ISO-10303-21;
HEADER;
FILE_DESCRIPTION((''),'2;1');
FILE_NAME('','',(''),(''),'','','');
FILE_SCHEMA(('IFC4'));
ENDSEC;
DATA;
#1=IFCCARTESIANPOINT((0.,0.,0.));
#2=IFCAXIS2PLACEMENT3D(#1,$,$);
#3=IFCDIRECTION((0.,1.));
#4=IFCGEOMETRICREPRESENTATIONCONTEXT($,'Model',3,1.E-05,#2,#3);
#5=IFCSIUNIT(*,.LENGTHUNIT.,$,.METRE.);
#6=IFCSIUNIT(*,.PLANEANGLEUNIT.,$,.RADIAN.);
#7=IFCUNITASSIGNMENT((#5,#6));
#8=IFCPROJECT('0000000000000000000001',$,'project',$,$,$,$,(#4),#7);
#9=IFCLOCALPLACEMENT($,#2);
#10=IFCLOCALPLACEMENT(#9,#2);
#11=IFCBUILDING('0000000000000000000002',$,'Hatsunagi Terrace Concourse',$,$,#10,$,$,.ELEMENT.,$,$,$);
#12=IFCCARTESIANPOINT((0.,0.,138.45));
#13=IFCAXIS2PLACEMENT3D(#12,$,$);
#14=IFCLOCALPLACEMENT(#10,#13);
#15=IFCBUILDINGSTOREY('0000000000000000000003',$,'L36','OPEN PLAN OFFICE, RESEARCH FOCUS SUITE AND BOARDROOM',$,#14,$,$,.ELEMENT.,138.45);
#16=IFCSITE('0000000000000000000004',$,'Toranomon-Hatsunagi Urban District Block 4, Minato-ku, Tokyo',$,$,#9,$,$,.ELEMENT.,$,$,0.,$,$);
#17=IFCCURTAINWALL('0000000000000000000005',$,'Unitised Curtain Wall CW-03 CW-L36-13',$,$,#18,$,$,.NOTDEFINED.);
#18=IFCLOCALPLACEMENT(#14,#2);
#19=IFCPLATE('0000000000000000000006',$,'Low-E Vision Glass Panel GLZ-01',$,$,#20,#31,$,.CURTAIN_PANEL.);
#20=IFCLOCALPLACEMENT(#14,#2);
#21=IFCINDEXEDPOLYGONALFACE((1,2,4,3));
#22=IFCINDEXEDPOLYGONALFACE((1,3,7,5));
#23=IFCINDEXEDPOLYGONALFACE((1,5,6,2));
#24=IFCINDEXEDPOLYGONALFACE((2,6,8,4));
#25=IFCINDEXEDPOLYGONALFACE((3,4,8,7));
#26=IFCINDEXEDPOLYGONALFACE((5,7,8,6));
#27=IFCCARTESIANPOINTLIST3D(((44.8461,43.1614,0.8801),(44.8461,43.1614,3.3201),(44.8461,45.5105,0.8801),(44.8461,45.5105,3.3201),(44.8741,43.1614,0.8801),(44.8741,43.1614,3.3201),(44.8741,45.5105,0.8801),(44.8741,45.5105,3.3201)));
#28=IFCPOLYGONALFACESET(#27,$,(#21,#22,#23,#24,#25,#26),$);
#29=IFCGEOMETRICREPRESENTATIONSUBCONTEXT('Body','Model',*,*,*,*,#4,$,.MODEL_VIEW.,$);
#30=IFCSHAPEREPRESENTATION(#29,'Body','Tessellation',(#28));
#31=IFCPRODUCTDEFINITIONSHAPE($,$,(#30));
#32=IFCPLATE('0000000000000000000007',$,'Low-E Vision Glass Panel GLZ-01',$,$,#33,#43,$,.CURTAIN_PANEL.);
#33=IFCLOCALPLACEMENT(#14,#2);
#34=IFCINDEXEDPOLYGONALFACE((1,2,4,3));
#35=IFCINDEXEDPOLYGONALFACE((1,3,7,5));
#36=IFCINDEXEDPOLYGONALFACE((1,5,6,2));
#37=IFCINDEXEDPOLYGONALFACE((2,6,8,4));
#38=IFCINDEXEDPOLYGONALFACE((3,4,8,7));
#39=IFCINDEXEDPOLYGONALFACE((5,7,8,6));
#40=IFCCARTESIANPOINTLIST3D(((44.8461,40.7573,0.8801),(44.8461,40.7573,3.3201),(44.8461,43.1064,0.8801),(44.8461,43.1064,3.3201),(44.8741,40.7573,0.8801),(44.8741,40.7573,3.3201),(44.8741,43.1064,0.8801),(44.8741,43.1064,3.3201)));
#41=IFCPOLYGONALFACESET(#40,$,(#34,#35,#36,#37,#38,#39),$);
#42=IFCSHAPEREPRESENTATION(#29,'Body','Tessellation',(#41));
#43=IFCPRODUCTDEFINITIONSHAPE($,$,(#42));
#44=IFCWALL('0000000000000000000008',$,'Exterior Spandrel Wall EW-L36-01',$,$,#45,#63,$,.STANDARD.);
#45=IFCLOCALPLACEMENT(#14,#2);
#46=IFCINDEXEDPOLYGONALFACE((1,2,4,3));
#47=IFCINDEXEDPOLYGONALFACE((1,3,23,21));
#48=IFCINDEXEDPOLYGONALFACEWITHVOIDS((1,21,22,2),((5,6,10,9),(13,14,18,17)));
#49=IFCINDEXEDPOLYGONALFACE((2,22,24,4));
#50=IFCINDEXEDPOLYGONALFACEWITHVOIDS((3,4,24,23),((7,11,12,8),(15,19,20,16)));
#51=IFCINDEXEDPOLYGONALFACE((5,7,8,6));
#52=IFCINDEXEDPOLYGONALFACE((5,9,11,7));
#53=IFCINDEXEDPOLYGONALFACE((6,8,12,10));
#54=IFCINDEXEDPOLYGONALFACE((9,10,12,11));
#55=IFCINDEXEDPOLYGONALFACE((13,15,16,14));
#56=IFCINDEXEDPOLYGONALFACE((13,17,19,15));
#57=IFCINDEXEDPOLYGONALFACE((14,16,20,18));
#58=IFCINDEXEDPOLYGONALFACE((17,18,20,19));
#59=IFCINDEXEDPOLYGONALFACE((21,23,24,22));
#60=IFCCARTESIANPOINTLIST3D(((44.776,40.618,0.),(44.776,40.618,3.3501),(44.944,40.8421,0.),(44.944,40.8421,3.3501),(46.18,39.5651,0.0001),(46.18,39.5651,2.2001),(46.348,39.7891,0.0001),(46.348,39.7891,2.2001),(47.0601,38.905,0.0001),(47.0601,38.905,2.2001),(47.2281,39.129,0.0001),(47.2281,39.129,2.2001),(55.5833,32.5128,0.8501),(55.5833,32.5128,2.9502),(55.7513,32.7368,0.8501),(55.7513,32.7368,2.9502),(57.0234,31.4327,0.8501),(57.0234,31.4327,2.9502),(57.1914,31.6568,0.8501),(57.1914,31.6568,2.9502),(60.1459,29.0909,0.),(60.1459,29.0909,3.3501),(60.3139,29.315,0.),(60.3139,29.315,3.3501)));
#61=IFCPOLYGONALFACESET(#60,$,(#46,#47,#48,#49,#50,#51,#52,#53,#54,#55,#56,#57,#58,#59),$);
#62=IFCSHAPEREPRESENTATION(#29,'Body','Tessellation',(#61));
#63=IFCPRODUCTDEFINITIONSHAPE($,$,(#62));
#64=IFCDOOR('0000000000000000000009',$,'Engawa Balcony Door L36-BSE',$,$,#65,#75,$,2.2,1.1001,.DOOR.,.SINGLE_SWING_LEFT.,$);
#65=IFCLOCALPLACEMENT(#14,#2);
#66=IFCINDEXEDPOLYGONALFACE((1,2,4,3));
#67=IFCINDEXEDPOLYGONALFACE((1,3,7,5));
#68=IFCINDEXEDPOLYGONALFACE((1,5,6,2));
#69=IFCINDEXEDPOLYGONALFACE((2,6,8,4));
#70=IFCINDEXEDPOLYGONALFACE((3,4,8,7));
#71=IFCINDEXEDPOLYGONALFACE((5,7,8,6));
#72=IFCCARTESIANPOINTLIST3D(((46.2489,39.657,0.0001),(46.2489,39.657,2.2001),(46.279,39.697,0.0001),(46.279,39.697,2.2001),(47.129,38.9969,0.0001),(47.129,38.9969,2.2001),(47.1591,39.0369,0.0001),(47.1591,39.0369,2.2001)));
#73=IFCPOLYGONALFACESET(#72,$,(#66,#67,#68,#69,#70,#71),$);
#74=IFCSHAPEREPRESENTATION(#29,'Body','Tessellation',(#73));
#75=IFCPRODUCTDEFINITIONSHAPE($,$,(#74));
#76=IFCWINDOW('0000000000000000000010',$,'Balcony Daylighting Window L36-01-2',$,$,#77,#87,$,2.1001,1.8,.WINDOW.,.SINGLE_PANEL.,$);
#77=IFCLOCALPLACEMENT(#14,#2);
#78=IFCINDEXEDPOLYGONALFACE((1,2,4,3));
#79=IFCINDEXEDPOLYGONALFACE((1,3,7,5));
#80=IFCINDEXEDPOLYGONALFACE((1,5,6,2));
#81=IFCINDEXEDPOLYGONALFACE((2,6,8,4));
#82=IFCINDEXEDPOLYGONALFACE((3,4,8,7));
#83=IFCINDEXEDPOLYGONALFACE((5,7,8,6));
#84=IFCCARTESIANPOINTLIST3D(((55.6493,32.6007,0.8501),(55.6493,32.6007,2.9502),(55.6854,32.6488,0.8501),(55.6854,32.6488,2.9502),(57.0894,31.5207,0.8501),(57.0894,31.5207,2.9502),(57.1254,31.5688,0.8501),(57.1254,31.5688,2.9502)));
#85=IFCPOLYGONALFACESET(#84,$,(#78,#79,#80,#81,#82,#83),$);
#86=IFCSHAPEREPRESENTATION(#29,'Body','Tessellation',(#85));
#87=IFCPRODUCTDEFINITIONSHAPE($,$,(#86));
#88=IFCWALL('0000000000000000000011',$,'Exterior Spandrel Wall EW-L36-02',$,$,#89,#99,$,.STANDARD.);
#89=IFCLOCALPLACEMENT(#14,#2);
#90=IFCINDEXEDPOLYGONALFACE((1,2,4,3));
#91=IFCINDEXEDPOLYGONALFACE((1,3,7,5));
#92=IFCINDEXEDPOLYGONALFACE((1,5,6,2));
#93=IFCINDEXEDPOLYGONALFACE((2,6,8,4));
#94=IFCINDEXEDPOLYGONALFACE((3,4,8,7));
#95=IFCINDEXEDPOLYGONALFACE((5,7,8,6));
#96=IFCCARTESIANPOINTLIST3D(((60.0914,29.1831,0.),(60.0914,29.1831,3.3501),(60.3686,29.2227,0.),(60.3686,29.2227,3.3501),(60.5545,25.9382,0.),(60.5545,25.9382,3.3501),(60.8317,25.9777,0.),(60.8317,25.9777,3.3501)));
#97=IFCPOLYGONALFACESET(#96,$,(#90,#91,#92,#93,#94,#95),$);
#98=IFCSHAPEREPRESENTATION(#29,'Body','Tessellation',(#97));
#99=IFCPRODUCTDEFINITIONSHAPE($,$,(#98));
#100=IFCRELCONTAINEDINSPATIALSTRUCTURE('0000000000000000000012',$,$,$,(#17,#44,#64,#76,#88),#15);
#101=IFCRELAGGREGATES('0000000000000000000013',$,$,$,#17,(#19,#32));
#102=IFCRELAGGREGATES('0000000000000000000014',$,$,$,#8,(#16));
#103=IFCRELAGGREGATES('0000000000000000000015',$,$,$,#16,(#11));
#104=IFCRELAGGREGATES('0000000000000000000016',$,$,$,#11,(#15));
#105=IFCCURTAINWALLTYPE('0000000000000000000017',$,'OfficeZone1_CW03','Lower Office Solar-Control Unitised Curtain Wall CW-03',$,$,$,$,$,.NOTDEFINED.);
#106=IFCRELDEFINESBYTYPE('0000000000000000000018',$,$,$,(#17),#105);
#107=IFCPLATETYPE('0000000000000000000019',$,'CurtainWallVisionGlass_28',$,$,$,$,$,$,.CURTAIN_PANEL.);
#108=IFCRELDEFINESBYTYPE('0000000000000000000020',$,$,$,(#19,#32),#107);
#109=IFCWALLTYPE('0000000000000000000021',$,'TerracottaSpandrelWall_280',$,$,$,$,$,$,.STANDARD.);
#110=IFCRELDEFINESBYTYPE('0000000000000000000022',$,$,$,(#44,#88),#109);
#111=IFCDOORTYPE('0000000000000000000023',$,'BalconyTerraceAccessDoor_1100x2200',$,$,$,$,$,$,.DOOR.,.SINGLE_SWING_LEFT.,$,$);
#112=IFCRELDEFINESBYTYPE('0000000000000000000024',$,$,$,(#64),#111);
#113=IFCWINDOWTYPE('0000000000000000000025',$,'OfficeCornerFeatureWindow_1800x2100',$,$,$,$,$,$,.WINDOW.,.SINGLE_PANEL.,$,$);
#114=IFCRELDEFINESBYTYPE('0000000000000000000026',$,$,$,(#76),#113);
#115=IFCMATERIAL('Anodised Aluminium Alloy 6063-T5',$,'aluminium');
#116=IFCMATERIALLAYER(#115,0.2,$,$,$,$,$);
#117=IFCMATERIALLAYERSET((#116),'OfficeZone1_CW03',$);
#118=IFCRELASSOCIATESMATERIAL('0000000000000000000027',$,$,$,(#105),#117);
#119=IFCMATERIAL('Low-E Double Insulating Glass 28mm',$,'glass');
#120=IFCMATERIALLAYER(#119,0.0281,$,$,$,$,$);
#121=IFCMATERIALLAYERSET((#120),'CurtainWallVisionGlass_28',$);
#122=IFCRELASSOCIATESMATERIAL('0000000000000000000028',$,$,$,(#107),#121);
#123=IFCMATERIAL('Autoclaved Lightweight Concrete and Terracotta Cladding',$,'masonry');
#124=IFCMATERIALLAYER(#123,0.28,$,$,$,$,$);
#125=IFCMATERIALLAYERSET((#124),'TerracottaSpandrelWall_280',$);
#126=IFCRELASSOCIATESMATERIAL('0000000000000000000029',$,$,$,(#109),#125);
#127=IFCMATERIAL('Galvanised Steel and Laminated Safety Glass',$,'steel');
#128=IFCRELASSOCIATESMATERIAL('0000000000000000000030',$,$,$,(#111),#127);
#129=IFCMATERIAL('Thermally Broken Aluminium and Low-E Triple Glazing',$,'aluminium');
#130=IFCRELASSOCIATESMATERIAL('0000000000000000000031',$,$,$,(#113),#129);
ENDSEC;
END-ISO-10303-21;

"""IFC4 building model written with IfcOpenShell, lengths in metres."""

from ifc_helpers import new_model, si_unit, direction, frame, frame_2d, origin, origin_2d, place, context, subcontext, project, spatial, rectangle, extrude, material, layer, layer_set, type_object, element, fill, aggregate, save


model = new_model("IFC4")

# Units and contexts
model_context = context("Model", 3, precision=1e-05, world=origin(), true_north=direction((0.0, 1.0)))
body_context = subcontext(model_context, "Body", "Model", "MODEL_VIEW")
ifc_project = project(units=[si_unit("LENGTHUNIT", "METRE"), si_unit("PLANEANGLEUNIT", "RADIAN")], contexts=[model_context])

# Site, building, storey
site_placement = place(None, origin())
site = spatial("IfcSite", under=ifc_project, at=site_placement, Name="Toranomon-Hatsunagi Urban District Block 4, Minato-ku, Tokyo", CompositionType="ELEMENT", RefElevation=0.0)
building_placement = place(site_placement, origin())
building = spatial("IfcBuilding", under=site, at=building_placement, Name="Hatsunagi Terrace Concourse", CompositionType="ELEMENT")
storey_placement = place(building_placement, frame((0.0, 0.0, 138.45)))
storey = spatial("IfcBuildingStorey", under=building, at=storey_placement, Name="L36", Description="OPEN PLAN OFFICE, RESEARCH FOCUS SUITE AND BOARDROOM", CompositionType="ELEMENT", Elevation=138.45)

# Curtain wall
ifc_material_1 = material(Name="Anodised Aluminium Alloy 6063-T5", Category="aluminium")
ifc_layer_1 = layer(ifc_material_1, 0.2)
ifc_layer_set_1 = layer_set([ifc_layer_1], Name="OfficeZone1_CW03")
curtain_wall_type = type_object("IfcCurtainWallType", Name="OfficeZone1_CW03", Description="Lower Office Solar-Control Unitised Curtain Wall CW-03", PredefinedType="NOTDEFINED", material=ifc_layer_set_1)
curtain_wall_placement = place(storey_placement, origin())
curtain_wall = element("IfcCurtainWall", 1, at=curtain_wall_placement, inside=storey, type_object=curtain_wall_type, Name="Unitised Curtain Wall CW-03 CW-L36-13", PredefinedType="NOTDEFINED")

# Plates
ifc_material_2 = material(Name="Low-E Double Insulating Glass 28mm", Category="glass")
ifc_layer_2 = layer(ifc_material_2, 0.0281)
ifc_layer_set_2 = layer_set([ifc_layer_2], Name="CurtainWallVisionGlass_28")
plate_type_1 = type_object("IfcPlateType", Name="CurtainWallVisionGlass_28", PredefinedType="CURTAIN_PANEL", material=ifc_layer_set_2)
plate_1_placement = place(storey_placement, frame((44.8601, 44.3359, 0.8801), z_axis=(0.0, 0.0, 1.0), x_axis=(0.0, -1.0, 0.0)))
plate_1 = element("IfcPlate", 2, at=plate_1_placement, type_object=plate_type_1, Name="Low-E Vision Glass Panel GLZ-01", PredefinedType="CURTAIN_PANEL", context=body_context, shape_type="SweptSolid", body=[
    extrude(rectangle(XDim=2.3491, YDim=0.0281, at=origin_2d()), origin(), (0.0, 0.0, 1.0), 2.4399),
])
plate_2_placement = place(storey_placement, frame((44.8601, 41.9319, 0.8801), z_axis=(0.0, 0.0, 1.0), x_axis=(0.0, -1.0, 0.0)))
plate_2 = element("IfcPlate", 3, at=plate_2_placement, type_object=plate_type_1, Name="Low-E Vision Glass Panel GLZ-01", PredefinedType="CURTAIN_PANEL", context=body_context, shape_type="SweptSolid", body=[
    extrude(rectangle(XDim=2.3491, YDim=0.0281, at=origin_2d()), origin(), (0.0, 0.0, 1.0), 2.4399),
])
aggregate(curtain_wall, [plate_1, plate_2])

# Wall, openings, door, window
ifc_material_3 = material(Name="Autoclaved Lightweight Concrete and Terracotta Cladding", Category="masonry")
ifc_layer_3 = layer(ifc_material_3, 0.28)
ifc_layer_set_3 = layer_set([ifc_layer_3], Name="TerracottaSpandrelWall_280")
wall_type = type_object("IfcWallType", Name="TerracottaSpandrelWall_280", PredefinedType="STANDARD", material=ifc_layer_set_3)
wall_1_placement = place(storey_placement, frame((44.8601, 40.73, 0.0), z_axis=(0.0, 0.0, 1.0), x_axis=(0.800008, -0.59999, 0.0)))
wall_1 = element("IfcWall", 4, at=wall_1_placement, inside=storey, type_object=wall_type, Name="Exterior Spandrel Wall EW-L36-01", PredefinedType="STANDARD", context=body_context, shape_type="SweptSolid", body=[
    extrude(rectangle(XDim=19.2122, YDim=0.28, at=frame_2d((9.606, 0.0))), origin(), (0.0, 0.0, 1.0), 3.3501),
])
opening_1_placement = place(wall_1_placement, frame((1.7549, 0.0, 0.0)))
opening_1 = element("IfcOpeningElement", 5, at=opening_1_placement, cuts=wall_1, PredefinedType="OPENING", context=body_context, shape_type="SweptSolid", body=[
    extrude(rectangle(XDim=1.1001, YDim=2.2, at=frame_2d((0.55, 1.1001))), frame((0.0, 0.1499, 0.0), z_axis=(0.0, -1.0, 0.0), x_axis=(1.0, 0.0, 0.0)), (0.0, 0.0, 1.0), 0.3),
])
opening_2_placement = place(wall_1_placement, frame((13.509, 0.0, 0.8501)))
opening_2 = element("IfcOpeningElement", 6, at=opening_2_placement, cuts=wall_1, PredefinedType="OPENING", context=body_context, shape_type="SweptSolid", body=[
    extrude(rectangle(XDim=1.8, YDim=2.1001, at=frame_2d((0.8999, 1.05))), frame((0.0, 0.1499, 0.0), z_axis=(0.0, -1.0, 0.0), x_axis=(1.0, 0.0, 0.0)), (0.0, 0.0, 1.0), 0.3),
])
ifc_material_4 = material(Name="Galvanised Steel and Laminated Safety Glass", Category="steel")
door_type = type_object("IfcDoorType", Name="BalconyTerraceAccessDoor_1100x2200", OperationType="SINGLE_SWING_LEFT", PredefinedType="DOOR", material=ifc_material_4)
door_placement = place(opening_1_placement, origin())
door = element("IfcDoor", 7, at=door_placement, inside=storey, type_object=door_type, Name="Engawa Balcony Door L36-BSE", OperationType="SINGLE_SWING_LEFT", OverallHeight=2.2, OverallWidth=1.1001, PredefinedType="DOOR", context=body_context, shape_type="SweptSolid", body=[
    extrude(rectangle(XDim=1.1001, YDim=2.2, at=frame_2d((0.55, 1.1001))), frame((0.0, 0.0249, 0.0), z_axis=(0.0, -1.0, 0.0), x_axis=(1.0, 0.0, 0.0)), (0.0, 0.0, 1.0), 0.05),
])
fill(opening_1, door)
ifc_material_5 = material(Name="Thermally Broken Aluminium and Low-E Triple Glazing", Category="aluminium")
window_type = type_object("IfcWindowType", Name="OfficeCornerFeatureWindow_1800x2100", PartitioningType="SINGLE_PANEL", PredefinedType="WINDOW", material=ifc_material_5)
window_placement = place(opening_2_placement, origin())
window = element("IfcWindow", 8, at=window_placement, inside=storey, type_object=window_type, Name="Balcony Daylighting Window L36-01-2", OverallHeight=2.1001, OverallWidth=1.8, PartitioningType="SINGLE_PANEL", PredefinedType="WINDOW", context=body_context, shape_type="SweptSolid", body=[
    extrude(rectangle(XDim=1.8, YDim=2.1001, at=frame_2d((0.8999, 1.05))), frame((0.0, 0.03, 0.0), z_axis=(0.0, -1.0, 0.0), x_axis=(1.0, 0.0, 0.0)), (0.0, 0.0, 1.0), 0.0601),
])
fill(opening_2, window)

# Wall
wall_2_placement = place(storey_placement, frame((60.23, 29.2029, 0.0), z_axis=(0.0, 0.0, 1.0), x_axis=(0.141296, -0.989967, 0.0)))
element("IfcWall", 9, at=wall_2_placement, inside=storey, type_object=wall_type, Name="Exterior Spandrel Wall EW-L36-02", PredefinedType="STANDARD", context=body_context, shape_type="SweptSolid", body=[
    extrude(rectangle(XDim=3.2778, YDim=0.28, at=frame_2d((1.6389, 0.0))), origin(), (0.0, 0.0, 1.0), 3.3501),
])

save(model, "model.ifc")
